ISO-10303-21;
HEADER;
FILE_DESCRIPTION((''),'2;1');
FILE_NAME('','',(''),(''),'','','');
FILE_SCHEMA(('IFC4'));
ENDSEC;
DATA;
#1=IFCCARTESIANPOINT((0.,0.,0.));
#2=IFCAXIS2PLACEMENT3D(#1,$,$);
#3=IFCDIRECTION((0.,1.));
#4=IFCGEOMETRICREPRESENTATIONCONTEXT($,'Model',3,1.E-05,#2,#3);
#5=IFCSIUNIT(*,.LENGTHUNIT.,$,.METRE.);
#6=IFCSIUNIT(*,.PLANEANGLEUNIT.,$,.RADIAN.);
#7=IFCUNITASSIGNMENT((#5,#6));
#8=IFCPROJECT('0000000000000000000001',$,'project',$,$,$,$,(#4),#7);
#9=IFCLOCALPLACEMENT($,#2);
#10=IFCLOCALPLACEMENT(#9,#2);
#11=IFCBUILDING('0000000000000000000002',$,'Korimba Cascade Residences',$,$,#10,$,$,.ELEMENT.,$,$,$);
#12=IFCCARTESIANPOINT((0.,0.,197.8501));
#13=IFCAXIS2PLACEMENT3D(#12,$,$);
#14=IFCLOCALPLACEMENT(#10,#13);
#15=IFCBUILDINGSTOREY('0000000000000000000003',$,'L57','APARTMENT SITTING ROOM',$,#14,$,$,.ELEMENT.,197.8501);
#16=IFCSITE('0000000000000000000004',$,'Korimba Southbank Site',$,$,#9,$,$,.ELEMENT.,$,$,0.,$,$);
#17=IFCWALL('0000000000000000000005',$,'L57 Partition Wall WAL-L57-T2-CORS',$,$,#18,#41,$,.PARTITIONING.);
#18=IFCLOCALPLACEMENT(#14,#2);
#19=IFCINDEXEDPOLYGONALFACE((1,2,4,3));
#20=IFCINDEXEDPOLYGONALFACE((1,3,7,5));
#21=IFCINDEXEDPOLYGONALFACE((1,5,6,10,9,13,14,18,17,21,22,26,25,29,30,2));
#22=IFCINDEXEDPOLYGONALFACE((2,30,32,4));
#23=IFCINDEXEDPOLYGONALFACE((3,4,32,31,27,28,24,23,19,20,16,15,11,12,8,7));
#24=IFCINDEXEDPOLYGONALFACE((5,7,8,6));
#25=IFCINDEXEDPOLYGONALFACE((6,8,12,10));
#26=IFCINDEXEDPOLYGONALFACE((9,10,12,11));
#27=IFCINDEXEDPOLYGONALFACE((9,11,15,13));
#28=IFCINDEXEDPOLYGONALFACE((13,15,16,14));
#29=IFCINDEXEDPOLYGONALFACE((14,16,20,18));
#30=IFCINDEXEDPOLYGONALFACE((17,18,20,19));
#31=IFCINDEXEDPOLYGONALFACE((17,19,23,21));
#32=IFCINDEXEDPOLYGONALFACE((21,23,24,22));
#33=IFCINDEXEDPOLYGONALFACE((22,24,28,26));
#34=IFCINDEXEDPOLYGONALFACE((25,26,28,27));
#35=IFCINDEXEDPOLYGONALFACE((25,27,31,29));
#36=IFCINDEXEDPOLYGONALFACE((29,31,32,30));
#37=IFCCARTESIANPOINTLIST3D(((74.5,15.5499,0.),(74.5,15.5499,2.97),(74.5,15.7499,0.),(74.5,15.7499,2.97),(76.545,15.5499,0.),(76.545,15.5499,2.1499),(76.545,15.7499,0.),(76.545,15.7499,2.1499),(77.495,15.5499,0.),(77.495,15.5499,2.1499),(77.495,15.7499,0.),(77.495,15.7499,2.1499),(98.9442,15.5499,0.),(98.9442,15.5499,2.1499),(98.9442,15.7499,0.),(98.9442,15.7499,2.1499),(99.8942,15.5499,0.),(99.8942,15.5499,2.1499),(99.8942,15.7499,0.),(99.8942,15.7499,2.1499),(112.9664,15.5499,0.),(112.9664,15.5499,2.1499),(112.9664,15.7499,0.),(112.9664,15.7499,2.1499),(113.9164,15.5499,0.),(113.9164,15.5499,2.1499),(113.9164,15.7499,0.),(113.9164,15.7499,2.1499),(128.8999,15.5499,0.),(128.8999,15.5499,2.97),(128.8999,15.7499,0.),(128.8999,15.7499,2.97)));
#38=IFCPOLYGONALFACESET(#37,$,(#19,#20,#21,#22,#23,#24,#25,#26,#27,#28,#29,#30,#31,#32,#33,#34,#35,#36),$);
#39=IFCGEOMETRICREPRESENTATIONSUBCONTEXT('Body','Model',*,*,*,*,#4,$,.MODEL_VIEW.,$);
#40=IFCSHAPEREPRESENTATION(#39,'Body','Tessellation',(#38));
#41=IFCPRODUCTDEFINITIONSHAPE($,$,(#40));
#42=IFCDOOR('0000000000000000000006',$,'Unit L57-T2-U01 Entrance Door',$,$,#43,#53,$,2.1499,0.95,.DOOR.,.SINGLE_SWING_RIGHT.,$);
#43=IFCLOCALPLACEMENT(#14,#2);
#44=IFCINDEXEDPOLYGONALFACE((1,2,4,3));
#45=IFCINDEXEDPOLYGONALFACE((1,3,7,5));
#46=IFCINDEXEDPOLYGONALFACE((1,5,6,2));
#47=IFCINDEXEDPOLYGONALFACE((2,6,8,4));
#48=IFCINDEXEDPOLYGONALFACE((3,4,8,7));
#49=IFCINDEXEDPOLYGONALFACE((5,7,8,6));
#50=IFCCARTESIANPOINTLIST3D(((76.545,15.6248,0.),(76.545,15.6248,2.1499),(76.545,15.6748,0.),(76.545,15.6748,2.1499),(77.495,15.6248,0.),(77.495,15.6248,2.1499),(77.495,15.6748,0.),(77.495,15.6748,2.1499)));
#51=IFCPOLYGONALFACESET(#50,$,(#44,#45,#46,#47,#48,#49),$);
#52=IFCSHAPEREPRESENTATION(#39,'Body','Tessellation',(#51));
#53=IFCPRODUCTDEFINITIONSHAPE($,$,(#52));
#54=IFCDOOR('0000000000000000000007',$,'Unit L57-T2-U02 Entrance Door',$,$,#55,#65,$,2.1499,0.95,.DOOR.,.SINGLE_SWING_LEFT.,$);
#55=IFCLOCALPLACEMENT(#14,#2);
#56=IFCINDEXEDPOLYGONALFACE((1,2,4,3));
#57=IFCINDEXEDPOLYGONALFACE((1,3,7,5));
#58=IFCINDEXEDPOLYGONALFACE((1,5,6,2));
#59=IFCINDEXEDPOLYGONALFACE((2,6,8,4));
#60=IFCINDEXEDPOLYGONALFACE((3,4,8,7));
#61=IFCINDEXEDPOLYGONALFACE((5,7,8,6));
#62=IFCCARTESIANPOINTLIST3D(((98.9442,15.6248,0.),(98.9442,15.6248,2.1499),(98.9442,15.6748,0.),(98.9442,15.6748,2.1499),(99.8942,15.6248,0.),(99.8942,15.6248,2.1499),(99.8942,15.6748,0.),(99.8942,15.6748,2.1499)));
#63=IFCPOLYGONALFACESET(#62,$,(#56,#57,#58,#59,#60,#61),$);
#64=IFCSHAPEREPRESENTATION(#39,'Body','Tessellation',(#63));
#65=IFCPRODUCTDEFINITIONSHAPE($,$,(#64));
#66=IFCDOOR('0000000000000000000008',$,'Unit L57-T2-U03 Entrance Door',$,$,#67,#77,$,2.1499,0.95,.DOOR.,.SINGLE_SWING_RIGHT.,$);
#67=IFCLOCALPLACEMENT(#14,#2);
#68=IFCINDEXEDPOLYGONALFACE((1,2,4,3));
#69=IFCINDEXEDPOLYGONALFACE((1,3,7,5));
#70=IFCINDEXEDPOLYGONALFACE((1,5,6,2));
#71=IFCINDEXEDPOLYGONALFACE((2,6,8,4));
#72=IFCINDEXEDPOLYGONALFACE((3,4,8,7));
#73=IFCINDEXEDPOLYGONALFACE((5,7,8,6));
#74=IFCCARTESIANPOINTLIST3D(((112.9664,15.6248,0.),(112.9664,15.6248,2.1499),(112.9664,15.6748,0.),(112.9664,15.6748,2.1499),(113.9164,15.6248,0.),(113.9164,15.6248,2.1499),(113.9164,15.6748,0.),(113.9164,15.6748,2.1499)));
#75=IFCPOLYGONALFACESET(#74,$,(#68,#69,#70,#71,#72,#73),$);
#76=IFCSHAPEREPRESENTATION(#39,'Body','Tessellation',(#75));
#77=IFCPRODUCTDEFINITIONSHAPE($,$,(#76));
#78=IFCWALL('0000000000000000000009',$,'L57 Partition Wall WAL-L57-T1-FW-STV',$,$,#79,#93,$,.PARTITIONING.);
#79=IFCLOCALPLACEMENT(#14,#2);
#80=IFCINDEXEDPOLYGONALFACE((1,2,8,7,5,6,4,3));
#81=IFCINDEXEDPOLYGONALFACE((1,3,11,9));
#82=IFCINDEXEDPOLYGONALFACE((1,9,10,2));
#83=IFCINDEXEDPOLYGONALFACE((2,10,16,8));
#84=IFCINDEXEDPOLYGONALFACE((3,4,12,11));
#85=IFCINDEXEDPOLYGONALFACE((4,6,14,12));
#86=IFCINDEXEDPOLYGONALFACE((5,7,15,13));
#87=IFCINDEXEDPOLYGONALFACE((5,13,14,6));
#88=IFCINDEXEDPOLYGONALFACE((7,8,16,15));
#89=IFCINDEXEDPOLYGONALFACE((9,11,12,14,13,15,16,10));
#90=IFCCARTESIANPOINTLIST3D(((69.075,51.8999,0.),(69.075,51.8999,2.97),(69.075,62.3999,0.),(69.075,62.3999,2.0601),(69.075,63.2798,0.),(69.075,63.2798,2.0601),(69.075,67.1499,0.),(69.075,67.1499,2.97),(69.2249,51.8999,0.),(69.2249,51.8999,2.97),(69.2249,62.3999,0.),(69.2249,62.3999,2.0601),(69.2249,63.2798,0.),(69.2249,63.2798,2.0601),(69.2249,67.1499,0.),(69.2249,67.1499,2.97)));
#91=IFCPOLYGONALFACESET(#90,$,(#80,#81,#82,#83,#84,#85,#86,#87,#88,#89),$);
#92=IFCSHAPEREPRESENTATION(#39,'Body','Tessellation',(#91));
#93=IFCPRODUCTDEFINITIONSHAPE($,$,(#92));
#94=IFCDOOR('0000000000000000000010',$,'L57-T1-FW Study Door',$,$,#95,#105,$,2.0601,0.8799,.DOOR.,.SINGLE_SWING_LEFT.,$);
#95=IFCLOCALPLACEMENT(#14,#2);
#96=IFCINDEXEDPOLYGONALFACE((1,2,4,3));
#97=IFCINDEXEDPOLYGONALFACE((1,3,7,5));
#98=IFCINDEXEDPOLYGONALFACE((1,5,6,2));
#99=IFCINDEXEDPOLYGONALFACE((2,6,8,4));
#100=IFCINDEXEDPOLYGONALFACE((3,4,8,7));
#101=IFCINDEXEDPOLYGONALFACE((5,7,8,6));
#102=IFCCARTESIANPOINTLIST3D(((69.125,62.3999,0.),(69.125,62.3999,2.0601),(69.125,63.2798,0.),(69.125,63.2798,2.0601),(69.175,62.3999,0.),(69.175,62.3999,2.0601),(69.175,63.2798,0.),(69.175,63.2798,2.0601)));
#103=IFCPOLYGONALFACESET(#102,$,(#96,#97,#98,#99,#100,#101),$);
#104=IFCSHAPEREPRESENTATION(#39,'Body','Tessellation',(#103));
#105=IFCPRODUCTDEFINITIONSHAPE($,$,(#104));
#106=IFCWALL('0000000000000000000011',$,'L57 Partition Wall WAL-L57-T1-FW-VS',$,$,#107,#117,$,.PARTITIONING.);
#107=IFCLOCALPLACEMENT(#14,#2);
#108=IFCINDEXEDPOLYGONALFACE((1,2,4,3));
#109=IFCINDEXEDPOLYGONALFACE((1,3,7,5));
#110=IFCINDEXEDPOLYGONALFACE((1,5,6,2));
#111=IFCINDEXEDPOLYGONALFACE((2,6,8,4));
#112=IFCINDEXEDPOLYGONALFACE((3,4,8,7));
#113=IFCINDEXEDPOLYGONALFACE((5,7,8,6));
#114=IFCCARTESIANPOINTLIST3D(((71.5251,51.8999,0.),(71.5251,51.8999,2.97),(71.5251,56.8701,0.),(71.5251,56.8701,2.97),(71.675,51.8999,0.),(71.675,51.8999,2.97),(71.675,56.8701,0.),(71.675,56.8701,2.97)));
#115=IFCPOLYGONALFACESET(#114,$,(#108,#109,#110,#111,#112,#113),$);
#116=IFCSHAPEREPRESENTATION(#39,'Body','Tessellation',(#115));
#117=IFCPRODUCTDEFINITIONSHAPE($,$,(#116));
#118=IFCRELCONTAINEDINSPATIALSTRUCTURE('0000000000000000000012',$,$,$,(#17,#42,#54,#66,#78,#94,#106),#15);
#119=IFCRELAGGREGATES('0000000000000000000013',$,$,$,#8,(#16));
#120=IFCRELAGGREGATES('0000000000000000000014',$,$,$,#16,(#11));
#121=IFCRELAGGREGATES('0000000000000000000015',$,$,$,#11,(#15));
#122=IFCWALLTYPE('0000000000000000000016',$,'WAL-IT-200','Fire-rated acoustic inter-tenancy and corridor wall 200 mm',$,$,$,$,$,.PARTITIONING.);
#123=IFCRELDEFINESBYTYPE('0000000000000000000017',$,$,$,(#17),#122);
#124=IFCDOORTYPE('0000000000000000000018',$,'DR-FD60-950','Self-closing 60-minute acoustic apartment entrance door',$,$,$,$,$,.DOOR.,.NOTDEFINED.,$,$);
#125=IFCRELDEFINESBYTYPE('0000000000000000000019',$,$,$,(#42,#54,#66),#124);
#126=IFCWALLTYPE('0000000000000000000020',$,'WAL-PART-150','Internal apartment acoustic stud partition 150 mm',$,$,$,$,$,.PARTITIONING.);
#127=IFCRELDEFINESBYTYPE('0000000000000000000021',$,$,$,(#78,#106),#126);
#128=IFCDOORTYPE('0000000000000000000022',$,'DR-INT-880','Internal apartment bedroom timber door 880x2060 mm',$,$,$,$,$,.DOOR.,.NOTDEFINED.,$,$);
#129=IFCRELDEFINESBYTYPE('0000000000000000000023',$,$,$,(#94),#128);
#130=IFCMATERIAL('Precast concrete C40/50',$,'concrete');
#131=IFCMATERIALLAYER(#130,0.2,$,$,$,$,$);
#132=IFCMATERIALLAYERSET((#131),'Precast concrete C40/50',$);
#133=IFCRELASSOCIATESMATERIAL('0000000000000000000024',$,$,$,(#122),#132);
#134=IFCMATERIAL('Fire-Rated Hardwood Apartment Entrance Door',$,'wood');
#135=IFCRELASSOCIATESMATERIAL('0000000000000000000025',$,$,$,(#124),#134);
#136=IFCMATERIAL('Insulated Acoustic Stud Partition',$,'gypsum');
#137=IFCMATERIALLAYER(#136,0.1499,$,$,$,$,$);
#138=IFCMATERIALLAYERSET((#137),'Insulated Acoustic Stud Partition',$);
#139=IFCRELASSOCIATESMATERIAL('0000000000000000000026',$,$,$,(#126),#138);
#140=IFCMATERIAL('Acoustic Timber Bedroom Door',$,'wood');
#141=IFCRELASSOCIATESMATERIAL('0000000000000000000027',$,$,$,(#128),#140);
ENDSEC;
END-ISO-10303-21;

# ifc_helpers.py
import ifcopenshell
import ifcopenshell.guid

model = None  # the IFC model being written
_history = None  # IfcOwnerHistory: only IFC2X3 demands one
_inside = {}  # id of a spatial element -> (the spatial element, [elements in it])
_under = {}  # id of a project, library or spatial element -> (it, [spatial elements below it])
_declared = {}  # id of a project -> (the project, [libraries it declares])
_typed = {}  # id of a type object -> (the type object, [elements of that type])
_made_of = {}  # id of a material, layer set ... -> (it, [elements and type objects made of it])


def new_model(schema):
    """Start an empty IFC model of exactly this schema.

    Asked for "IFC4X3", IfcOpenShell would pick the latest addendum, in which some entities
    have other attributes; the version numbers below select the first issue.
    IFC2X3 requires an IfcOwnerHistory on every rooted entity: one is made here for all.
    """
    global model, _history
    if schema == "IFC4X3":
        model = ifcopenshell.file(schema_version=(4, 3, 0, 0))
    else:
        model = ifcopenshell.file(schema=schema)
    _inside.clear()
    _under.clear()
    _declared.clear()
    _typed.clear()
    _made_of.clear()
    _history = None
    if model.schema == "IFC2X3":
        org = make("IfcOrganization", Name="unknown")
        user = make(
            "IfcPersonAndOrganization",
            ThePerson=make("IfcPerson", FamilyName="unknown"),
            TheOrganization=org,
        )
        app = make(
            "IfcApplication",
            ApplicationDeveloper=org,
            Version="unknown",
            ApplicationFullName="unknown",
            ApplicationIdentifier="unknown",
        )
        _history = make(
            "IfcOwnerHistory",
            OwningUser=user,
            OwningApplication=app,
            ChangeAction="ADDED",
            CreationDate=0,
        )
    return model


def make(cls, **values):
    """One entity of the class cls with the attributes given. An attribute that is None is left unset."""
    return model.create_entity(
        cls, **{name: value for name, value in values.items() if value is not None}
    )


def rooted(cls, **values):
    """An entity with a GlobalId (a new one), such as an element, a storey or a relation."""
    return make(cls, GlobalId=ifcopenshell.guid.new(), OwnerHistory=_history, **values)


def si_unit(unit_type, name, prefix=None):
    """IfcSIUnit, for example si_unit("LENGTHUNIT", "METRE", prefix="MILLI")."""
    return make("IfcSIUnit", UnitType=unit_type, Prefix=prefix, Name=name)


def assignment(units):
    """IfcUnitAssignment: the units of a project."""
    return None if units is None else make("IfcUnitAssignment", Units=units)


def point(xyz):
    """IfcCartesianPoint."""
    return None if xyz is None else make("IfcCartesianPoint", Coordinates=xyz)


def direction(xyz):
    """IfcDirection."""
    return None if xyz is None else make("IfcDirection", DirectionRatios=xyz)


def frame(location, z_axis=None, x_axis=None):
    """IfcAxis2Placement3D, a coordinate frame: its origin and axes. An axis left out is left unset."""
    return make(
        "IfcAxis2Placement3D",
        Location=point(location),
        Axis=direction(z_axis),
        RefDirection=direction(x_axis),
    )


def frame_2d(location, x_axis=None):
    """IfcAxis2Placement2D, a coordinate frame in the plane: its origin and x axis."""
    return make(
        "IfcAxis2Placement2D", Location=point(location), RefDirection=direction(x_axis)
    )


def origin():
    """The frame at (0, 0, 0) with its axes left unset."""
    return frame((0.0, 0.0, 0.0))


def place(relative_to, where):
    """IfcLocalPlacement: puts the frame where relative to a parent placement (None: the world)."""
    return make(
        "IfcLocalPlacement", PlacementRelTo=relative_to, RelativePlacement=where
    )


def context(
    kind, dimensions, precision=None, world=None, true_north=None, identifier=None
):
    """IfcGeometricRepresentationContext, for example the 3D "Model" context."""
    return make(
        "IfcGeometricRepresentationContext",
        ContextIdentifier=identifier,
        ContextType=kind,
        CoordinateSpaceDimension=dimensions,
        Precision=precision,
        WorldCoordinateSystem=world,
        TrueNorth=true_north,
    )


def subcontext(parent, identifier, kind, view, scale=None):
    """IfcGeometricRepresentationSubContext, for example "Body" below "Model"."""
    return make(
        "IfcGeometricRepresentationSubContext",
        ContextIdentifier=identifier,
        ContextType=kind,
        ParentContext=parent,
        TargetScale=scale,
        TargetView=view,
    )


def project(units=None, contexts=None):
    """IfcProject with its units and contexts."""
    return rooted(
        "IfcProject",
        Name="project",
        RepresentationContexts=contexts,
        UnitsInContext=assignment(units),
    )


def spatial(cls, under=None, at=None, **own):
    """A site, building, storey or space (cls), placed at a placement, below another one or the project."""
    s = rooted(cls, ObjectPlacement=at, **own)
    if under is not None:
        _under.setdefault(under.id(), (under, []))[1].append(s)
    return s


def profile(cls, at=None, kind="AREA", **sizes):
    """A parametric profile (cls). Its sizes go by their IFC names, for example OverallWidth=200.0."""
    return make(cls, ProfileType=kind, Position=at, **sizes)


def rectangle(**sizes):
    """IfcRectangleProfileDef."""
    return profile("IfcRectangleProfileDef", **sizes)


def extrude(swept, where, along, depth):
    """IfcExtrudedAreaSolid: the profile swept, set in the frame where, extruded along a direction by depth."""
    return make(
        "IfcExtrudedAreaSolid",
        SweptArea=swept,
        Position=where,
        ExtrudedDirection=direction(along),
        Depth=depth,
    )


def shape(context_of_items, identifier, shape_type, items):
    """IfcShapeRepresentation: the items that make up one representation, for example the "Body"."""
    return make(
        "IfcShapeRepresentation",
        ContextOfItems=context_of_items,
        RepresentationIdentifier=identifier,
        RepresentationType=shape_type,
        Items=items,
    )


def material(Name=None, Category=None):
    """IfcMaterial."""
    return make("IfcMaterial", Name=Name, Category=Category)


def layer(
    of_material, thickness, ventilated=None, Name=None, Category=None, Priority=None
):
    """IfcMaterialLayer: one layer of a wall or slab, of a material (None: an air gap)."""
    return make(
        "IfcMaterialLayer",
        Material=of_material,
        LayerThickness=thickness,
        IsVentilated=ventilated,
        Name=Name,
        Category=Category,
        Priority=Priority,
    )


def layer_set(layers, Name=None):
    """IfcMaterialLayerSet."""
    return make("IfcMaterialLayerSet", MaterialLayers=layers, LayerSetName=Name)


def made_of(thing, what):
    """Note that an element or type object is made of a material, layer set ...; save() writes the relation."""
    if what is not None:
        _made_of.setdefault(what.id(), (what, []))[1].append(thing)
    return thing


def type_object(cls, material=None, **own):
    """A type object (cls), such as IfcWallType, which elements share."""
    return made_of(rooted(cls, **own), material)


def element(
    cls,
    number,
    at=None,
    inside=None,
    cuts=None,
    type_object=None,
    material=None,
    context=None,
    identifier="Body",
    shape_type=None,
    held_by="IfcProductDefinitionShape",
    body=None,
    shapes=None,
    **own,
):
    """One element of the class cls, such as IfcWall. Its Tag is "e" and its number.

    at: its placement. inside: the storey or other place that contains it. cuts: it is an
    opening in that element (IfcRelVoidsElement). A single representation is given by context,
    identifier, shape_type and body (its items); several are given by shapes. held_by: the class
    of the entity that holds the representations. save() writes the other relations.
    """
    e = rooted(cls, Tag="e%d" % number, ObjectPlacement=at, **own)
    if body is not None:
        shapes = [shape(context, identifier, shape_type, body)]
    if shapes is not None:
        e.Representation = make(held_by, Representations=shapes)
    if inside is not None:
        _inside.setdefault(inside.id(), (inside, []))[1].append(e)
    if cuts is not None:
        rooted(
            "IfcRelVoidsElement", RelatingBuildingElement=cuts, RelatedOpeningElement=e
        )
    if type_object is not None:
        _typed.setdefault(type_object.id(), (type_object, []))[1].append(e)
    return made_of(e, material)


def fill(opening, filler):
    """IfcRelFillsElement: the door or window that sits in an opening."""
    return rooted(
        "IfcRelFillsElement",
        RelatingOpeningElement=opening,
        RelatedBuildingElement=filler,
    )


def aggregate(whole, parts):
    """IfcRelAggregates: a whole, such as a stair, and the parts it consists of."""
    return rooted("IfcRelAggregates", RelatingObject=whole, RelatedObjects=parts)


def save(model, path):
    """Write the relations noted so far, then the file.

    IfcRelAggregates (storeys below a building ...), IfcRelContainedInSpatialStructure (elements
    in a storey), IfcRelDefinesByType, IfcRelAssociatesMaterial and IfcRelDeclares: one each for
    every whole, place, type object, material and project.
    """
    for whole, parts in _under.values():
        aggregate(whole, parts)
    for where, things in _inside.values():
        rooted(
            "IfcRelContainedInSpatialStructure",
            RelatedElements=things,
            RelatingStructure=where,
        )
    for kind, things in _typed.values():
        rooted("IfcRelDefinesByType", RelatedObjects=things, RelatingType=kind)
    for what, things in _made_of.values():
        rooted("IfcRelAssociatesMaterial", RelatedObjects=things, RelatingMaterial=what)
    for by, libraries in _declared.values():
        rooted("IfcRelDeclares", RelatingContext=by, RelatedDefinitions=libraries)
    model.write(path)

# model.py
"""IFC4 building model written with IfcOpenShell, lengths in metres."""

from ifc_helpers import new_model, si_unit, direction, frame, frame_2d, origin, place, context, subcontext, project, spatial, rectangle, extrude, material, layer, layer_set, type_object, element, fill, save


model = new_model("IFC4")

# Units and contexts
model_context = context("Model", 3, precision=1e-05, world=origin(), true_north=direction((0.0, 1.0)))
body_context = subcontext(model_context, "Body", "Model", "MODEL_VIEW")
ifc_project = project(units=[si_unit("LENGTHUNIT", "METRE"), si_unit("PLANEANGLEUNIT", "RADIAN")], contexts=[model_context])

# Site, building, storey
site_placement = place(None, origin())
site = spatial("IfcSite", under=ifc_project, at=site_placement, Name="Korimba Southbank Site", CompositionType="ELEMENT", RefElevation=0.0)
building_placement = place(site_placement, origin())
building = spatial("IfcBuilding", under=site, at=building_placement, Name="Korimba Cascade Residences", CompositionType="ELEMENT")
storey_placement = place(building_placement, frame((0.0, 0.0, 197.8501)))
storey = spatial("IfcBuildingStorey", under=building, at=storey_placement, Name="L57", Description="APARTMENT SITTING ROOM", CompositionType="ELEMENT", Elevation=197.8501)

# Shared definitions
ifc_material_1 = material(Name="Precast concrete C40/50", Category="concrete")

# Wall, openings, doors
ifc_layer_1 = layer(ifc_material_1, 0.2)
ifc_layer_set_1 = layer_set([ifc_layer_1], Name="Precast concrete C40/50")
wall_type_1 = type_object("IfcWallType", Name="WAL-IT-200", Description="Fire-rated acoustic inter-tenancy and corridor wall 200 mm", PredefinedType="PARTITIONING", material=ifc_layer_set_1)
wall_1_placement = place(storey_placement, frame((74.5, 15.6499, 0.0), z_axis=(0.0, 0.0, 1.0), x_axis=(1.0, 0.0, 0.0)))
wall_1 = element("IfcWall", 1, at=wall_1_placement, inside=storey, type_object=wall_type_1, Name="L57 Partition Wall WAL-L57-T2-CORS", PredefinedType="PARTITIONING", context=body_context, shape_type="SweptSolid", body=[
    extrude(rectangle(XDim=54.3999, YDim=0.2, at=frame_2d((27.2, 0.0))), origin(), (0.0, 0.0, 1.0), 2.97),
])
opening_1_placement = place(wall_1_placement, frame((2.0449, 0.0, 0.0)))
opening_1 = element("IfcOpeningElement", 2, at=opening_1_placement, cuts=wall_1, PredefinedType="OPENING", context=body_context, shape_type="SweptSolid", body=[
    extrude(rectangle(XDim=0.95, YDim=2.1499, at=frame_2d((0.4751, 1.075))), frame((0.0, 0.1099, 0.0), z_axis=(0.0, -1.0, 0.0), x_axis=(1.0, 0.0, 0.0)), (0.0, 0.0, 1.0), 0.22),
])
opening_2_placement = place(wall_1_placement, frame((24.4441, 0.0, 0.0)))
opening_2 = element("IfcOpeningElement", 3, at=opening_2_placement, cuts=wall_1, PredefinedType="OPENING", context=body_context, shape_type="SweptSolid", body=[
    extrude(rectangle(XDim=0.95, YDim=2.1499, at=frame_2d((0.4751, 1.075))), frame((0.0, 0.1099, 0.0), z_axis=(0.0, -1.0, 0.0), x_axis=(1.0, 0.0, 0.0)), (0.0, 0.0, 1.0), 0.22),
])
opening_3_placement = place(wall_1_placement, frame((38.4663, 0.0, 0.0)))
opening_3 = element("IfcOpeningElement", 4, at=opening_3_placement, cuts=wall_1, PredefinedType="OPENING", context=body_context, shape_type="SweptSolid", body=[
    extrude(rectangle(XDim=0.95, YDim=2.1499, at=frame_2d((0.4751, 1.075))), frame((0.0, 0.1099, 0.0), z_axis=(0.0, -1.0, 0.0), x_axis=(1.0, 0.0, 0.0)), (0.0, 0.0, 1.0), 0.22),
])
ifc_material_2 = material(Name="Fire-Rated Hardwood Apartment Entrance Door", Category="wood")
door_type_1 = type_object("IfcDoorType", Name="DR-FD60-950", Description="Self-closing 60-minute acoustic apartment entrance door", OperationType="NOTDEFINED", PredefinedType="DOOR", material=ifc_material_2)
door_1_placement = place(opening_1_placement, origin())
door_1 = element("IfcDoor", 5, at=door_1_placement, inside=storey, type_object=door_type_1, Name="Unit L57-T2-U01 Entrance Door", OperationType="SINGLE_SWING_RIGHT", OverallHeight=2.1499, OverallWidth=0.95, PredefinedType="DOOR", context=body_context, shape_type="SweptSolid", body=[
    extrude(rectangle(XDim=0.95, YDim=2.1499, at=frame_2d((0.4751, 1.075))), frame((0.0, 0.0249, 0.0), z_axis=(0.0, -1.0, 0.0), x_axis=(1.0, 0.0, 0.0)), (0.0, 0.0, 1.0), 0.05),
])
fill(opening_1, door_1)
door_2_placement = place(opening_2_placement, origin())
door_2 = element("IfcDoor", 6, at=door_2_placement, inside=storey, type_object=door_type_1, Name="Unit L57-T2-U02 Entrance Door", OperationType="SINGLE_SWING_LEFT", OverallHeight=2.1499, OverallWidth=0.95, PredefinedType="DOOR", context=body_context, shape_type="SweptSolid", body=[
    extrude(rectangle(XDim=0.95, YDim=2.1499, at=frame_2d((0.4751, 1.075))), frame((0.0, 0.0249, 0.0), z_axis=(0.0, -1.0, 0.0), x_axis=(1.0, 0.0, 0.0)), (0.0, 0.0, 1.0), 0.05),
])
fill(opening_2, door_2)
door_3_placement = place(opening_3_placement, origin())
door_3 = element("IfcDoor", 7, at=door_3_placement, inside=storey, type_object=door_type_1, Name="Unit L57-T2-U03 Entrance Door", OperationType="SINGLE_SWING_RIGHT", OverallHeight=2.1499, OverallWidth=0.95, PredefinedType="DOOR", context=body_context, shape_type="SweptSolid", body=[
    extrude(rectangle(XDim=0.95, YDim=2.1499, at=frame_2d((0.4751, 1.075))), frame((0.0, 0.0249, 0.0), z_axis=(0.0, -1.0, 0.0), x_axis=(1.0, 0.0, 0.0)), (0.0, 0.0, 1.0), 0.05),
])
fill(opening_3, door_3)

# Wall, opening, door
ifc_material_3 = material(Name="Insulated Acoustic Stud Partition", Category="gypsum")
ifc_layer_2 = layer(ifc_material_3, 0.1499)
ifc_layer_set_2 = layer_set([ifc_layer_2], Name="Insulated Acoustic Stud Partition")
wall_type_2 = type_object("IfcWallType", Name="WAL-PART-150", Description="Internal apartment acoustic stud partition 150 mm", PredefinedType="PARTITIONING", material=ifc_layer_set_2)
wall_2_placement = place(storey_placement, frame((69.1499, 51.8999, 0.0), z_axis=(0.0, 0.0, 1.0), x_axis=(0.0, 1.0, 0.0)))
wall_2 = element("IfcWall", 8, at=wall_2_placement, inside=storey, type_object=wall_type_2, Name="L57 Partition Wall WAL-L57-T1-FW-STV", PredefinedType="PARTITIONING", context=body_context, shape_type="SweptSolid", body=[
    extrude(rectangle(XDim=15.25, YDim=0.1499, at=frame_2d((7.625, 0.0))), origin(), (0.0, 0.0, 1.0), 2.97),
])
opening_4_placement = place(wall_2_placement, frame((10.5, 0.0, 0.0)))
opening_4 = element("IfcOpeningElement", 9, at=opening_4_placement, cuts=wall_2, PredefinedType="OPENING", context=body_context, shape_type="SweptSolid", body=[
    extrude(rectangle(XDim=0.8799, YDim=2.0601, at=frame_2d((0.4399, 1.03))), frame((0.0, 0.085, 0.0), z_axis=(0.0, -1.0, 0.0), x_axis=(1.0, 0.0, 0.0)), (0.0, 0.0, 1.0), 0.1699),
])
ifc_material_4 = material(Name="Acoustic Timber Bedroom Door", Category="wood")
door_type_2 = type_object("IfcDoorType", Name="DR-INT-880", Description="Internal apartment bedroom timber door 880x2060 mm", OperationType="NOTDEFINED", PredefinedType="DOOR", material=ifc_material_4)
door_4_placement = place(opening_4_placement, origin())
door_4 = element("IfcDoor", 10, at=door_4_placement, inside=storey, type_object=door_type_2, Name="L57-T1-FW Study Door", OperationType="SINGLE_SWING_LEFT", OverallHeight=2.0601, OverallWidth=0.8799, PredefinedType="DOOR", context=body_context, shape_type="SweptSolid", body=[
    extrude(rectangle(XDim=0.8799, YDim=2.0601, at=frame_2d((0.4399, 1.03))), frame((0.0, 0.0249, 0.0), z_axis=(0.0, -1.0, 0.0), x_axis=(1.0, 0.0, 0.0)), (0.0, 0.0, 1.0), 0.05),
])
fill(opening_4, door_4)

# Wall
wall_3_placement = place(storey_placement, frame((71.6001, 51.8999, 0.0), z_axis=(0.0, 0.0, 1.0), x_axis=(0.0, 1.0, 0.0)))
element("IfcWall", 11, at=wall_3_placement, inside=storey, type_object=wall_type_2, Name="L57 Partition Wall WAL-L57-T1-FW-VS", PredefinedType="PARTITIONING", context=body_context, shape_type="SweptSolid", body=[
    extrude(rectangle(XDim=4.9702, YDim=0.1499, at=frame_2d((2.4851, 0.0))), origin(), (0.0, 0.0, 1.0), 2.97),
])

save(model, "model.ifc")
